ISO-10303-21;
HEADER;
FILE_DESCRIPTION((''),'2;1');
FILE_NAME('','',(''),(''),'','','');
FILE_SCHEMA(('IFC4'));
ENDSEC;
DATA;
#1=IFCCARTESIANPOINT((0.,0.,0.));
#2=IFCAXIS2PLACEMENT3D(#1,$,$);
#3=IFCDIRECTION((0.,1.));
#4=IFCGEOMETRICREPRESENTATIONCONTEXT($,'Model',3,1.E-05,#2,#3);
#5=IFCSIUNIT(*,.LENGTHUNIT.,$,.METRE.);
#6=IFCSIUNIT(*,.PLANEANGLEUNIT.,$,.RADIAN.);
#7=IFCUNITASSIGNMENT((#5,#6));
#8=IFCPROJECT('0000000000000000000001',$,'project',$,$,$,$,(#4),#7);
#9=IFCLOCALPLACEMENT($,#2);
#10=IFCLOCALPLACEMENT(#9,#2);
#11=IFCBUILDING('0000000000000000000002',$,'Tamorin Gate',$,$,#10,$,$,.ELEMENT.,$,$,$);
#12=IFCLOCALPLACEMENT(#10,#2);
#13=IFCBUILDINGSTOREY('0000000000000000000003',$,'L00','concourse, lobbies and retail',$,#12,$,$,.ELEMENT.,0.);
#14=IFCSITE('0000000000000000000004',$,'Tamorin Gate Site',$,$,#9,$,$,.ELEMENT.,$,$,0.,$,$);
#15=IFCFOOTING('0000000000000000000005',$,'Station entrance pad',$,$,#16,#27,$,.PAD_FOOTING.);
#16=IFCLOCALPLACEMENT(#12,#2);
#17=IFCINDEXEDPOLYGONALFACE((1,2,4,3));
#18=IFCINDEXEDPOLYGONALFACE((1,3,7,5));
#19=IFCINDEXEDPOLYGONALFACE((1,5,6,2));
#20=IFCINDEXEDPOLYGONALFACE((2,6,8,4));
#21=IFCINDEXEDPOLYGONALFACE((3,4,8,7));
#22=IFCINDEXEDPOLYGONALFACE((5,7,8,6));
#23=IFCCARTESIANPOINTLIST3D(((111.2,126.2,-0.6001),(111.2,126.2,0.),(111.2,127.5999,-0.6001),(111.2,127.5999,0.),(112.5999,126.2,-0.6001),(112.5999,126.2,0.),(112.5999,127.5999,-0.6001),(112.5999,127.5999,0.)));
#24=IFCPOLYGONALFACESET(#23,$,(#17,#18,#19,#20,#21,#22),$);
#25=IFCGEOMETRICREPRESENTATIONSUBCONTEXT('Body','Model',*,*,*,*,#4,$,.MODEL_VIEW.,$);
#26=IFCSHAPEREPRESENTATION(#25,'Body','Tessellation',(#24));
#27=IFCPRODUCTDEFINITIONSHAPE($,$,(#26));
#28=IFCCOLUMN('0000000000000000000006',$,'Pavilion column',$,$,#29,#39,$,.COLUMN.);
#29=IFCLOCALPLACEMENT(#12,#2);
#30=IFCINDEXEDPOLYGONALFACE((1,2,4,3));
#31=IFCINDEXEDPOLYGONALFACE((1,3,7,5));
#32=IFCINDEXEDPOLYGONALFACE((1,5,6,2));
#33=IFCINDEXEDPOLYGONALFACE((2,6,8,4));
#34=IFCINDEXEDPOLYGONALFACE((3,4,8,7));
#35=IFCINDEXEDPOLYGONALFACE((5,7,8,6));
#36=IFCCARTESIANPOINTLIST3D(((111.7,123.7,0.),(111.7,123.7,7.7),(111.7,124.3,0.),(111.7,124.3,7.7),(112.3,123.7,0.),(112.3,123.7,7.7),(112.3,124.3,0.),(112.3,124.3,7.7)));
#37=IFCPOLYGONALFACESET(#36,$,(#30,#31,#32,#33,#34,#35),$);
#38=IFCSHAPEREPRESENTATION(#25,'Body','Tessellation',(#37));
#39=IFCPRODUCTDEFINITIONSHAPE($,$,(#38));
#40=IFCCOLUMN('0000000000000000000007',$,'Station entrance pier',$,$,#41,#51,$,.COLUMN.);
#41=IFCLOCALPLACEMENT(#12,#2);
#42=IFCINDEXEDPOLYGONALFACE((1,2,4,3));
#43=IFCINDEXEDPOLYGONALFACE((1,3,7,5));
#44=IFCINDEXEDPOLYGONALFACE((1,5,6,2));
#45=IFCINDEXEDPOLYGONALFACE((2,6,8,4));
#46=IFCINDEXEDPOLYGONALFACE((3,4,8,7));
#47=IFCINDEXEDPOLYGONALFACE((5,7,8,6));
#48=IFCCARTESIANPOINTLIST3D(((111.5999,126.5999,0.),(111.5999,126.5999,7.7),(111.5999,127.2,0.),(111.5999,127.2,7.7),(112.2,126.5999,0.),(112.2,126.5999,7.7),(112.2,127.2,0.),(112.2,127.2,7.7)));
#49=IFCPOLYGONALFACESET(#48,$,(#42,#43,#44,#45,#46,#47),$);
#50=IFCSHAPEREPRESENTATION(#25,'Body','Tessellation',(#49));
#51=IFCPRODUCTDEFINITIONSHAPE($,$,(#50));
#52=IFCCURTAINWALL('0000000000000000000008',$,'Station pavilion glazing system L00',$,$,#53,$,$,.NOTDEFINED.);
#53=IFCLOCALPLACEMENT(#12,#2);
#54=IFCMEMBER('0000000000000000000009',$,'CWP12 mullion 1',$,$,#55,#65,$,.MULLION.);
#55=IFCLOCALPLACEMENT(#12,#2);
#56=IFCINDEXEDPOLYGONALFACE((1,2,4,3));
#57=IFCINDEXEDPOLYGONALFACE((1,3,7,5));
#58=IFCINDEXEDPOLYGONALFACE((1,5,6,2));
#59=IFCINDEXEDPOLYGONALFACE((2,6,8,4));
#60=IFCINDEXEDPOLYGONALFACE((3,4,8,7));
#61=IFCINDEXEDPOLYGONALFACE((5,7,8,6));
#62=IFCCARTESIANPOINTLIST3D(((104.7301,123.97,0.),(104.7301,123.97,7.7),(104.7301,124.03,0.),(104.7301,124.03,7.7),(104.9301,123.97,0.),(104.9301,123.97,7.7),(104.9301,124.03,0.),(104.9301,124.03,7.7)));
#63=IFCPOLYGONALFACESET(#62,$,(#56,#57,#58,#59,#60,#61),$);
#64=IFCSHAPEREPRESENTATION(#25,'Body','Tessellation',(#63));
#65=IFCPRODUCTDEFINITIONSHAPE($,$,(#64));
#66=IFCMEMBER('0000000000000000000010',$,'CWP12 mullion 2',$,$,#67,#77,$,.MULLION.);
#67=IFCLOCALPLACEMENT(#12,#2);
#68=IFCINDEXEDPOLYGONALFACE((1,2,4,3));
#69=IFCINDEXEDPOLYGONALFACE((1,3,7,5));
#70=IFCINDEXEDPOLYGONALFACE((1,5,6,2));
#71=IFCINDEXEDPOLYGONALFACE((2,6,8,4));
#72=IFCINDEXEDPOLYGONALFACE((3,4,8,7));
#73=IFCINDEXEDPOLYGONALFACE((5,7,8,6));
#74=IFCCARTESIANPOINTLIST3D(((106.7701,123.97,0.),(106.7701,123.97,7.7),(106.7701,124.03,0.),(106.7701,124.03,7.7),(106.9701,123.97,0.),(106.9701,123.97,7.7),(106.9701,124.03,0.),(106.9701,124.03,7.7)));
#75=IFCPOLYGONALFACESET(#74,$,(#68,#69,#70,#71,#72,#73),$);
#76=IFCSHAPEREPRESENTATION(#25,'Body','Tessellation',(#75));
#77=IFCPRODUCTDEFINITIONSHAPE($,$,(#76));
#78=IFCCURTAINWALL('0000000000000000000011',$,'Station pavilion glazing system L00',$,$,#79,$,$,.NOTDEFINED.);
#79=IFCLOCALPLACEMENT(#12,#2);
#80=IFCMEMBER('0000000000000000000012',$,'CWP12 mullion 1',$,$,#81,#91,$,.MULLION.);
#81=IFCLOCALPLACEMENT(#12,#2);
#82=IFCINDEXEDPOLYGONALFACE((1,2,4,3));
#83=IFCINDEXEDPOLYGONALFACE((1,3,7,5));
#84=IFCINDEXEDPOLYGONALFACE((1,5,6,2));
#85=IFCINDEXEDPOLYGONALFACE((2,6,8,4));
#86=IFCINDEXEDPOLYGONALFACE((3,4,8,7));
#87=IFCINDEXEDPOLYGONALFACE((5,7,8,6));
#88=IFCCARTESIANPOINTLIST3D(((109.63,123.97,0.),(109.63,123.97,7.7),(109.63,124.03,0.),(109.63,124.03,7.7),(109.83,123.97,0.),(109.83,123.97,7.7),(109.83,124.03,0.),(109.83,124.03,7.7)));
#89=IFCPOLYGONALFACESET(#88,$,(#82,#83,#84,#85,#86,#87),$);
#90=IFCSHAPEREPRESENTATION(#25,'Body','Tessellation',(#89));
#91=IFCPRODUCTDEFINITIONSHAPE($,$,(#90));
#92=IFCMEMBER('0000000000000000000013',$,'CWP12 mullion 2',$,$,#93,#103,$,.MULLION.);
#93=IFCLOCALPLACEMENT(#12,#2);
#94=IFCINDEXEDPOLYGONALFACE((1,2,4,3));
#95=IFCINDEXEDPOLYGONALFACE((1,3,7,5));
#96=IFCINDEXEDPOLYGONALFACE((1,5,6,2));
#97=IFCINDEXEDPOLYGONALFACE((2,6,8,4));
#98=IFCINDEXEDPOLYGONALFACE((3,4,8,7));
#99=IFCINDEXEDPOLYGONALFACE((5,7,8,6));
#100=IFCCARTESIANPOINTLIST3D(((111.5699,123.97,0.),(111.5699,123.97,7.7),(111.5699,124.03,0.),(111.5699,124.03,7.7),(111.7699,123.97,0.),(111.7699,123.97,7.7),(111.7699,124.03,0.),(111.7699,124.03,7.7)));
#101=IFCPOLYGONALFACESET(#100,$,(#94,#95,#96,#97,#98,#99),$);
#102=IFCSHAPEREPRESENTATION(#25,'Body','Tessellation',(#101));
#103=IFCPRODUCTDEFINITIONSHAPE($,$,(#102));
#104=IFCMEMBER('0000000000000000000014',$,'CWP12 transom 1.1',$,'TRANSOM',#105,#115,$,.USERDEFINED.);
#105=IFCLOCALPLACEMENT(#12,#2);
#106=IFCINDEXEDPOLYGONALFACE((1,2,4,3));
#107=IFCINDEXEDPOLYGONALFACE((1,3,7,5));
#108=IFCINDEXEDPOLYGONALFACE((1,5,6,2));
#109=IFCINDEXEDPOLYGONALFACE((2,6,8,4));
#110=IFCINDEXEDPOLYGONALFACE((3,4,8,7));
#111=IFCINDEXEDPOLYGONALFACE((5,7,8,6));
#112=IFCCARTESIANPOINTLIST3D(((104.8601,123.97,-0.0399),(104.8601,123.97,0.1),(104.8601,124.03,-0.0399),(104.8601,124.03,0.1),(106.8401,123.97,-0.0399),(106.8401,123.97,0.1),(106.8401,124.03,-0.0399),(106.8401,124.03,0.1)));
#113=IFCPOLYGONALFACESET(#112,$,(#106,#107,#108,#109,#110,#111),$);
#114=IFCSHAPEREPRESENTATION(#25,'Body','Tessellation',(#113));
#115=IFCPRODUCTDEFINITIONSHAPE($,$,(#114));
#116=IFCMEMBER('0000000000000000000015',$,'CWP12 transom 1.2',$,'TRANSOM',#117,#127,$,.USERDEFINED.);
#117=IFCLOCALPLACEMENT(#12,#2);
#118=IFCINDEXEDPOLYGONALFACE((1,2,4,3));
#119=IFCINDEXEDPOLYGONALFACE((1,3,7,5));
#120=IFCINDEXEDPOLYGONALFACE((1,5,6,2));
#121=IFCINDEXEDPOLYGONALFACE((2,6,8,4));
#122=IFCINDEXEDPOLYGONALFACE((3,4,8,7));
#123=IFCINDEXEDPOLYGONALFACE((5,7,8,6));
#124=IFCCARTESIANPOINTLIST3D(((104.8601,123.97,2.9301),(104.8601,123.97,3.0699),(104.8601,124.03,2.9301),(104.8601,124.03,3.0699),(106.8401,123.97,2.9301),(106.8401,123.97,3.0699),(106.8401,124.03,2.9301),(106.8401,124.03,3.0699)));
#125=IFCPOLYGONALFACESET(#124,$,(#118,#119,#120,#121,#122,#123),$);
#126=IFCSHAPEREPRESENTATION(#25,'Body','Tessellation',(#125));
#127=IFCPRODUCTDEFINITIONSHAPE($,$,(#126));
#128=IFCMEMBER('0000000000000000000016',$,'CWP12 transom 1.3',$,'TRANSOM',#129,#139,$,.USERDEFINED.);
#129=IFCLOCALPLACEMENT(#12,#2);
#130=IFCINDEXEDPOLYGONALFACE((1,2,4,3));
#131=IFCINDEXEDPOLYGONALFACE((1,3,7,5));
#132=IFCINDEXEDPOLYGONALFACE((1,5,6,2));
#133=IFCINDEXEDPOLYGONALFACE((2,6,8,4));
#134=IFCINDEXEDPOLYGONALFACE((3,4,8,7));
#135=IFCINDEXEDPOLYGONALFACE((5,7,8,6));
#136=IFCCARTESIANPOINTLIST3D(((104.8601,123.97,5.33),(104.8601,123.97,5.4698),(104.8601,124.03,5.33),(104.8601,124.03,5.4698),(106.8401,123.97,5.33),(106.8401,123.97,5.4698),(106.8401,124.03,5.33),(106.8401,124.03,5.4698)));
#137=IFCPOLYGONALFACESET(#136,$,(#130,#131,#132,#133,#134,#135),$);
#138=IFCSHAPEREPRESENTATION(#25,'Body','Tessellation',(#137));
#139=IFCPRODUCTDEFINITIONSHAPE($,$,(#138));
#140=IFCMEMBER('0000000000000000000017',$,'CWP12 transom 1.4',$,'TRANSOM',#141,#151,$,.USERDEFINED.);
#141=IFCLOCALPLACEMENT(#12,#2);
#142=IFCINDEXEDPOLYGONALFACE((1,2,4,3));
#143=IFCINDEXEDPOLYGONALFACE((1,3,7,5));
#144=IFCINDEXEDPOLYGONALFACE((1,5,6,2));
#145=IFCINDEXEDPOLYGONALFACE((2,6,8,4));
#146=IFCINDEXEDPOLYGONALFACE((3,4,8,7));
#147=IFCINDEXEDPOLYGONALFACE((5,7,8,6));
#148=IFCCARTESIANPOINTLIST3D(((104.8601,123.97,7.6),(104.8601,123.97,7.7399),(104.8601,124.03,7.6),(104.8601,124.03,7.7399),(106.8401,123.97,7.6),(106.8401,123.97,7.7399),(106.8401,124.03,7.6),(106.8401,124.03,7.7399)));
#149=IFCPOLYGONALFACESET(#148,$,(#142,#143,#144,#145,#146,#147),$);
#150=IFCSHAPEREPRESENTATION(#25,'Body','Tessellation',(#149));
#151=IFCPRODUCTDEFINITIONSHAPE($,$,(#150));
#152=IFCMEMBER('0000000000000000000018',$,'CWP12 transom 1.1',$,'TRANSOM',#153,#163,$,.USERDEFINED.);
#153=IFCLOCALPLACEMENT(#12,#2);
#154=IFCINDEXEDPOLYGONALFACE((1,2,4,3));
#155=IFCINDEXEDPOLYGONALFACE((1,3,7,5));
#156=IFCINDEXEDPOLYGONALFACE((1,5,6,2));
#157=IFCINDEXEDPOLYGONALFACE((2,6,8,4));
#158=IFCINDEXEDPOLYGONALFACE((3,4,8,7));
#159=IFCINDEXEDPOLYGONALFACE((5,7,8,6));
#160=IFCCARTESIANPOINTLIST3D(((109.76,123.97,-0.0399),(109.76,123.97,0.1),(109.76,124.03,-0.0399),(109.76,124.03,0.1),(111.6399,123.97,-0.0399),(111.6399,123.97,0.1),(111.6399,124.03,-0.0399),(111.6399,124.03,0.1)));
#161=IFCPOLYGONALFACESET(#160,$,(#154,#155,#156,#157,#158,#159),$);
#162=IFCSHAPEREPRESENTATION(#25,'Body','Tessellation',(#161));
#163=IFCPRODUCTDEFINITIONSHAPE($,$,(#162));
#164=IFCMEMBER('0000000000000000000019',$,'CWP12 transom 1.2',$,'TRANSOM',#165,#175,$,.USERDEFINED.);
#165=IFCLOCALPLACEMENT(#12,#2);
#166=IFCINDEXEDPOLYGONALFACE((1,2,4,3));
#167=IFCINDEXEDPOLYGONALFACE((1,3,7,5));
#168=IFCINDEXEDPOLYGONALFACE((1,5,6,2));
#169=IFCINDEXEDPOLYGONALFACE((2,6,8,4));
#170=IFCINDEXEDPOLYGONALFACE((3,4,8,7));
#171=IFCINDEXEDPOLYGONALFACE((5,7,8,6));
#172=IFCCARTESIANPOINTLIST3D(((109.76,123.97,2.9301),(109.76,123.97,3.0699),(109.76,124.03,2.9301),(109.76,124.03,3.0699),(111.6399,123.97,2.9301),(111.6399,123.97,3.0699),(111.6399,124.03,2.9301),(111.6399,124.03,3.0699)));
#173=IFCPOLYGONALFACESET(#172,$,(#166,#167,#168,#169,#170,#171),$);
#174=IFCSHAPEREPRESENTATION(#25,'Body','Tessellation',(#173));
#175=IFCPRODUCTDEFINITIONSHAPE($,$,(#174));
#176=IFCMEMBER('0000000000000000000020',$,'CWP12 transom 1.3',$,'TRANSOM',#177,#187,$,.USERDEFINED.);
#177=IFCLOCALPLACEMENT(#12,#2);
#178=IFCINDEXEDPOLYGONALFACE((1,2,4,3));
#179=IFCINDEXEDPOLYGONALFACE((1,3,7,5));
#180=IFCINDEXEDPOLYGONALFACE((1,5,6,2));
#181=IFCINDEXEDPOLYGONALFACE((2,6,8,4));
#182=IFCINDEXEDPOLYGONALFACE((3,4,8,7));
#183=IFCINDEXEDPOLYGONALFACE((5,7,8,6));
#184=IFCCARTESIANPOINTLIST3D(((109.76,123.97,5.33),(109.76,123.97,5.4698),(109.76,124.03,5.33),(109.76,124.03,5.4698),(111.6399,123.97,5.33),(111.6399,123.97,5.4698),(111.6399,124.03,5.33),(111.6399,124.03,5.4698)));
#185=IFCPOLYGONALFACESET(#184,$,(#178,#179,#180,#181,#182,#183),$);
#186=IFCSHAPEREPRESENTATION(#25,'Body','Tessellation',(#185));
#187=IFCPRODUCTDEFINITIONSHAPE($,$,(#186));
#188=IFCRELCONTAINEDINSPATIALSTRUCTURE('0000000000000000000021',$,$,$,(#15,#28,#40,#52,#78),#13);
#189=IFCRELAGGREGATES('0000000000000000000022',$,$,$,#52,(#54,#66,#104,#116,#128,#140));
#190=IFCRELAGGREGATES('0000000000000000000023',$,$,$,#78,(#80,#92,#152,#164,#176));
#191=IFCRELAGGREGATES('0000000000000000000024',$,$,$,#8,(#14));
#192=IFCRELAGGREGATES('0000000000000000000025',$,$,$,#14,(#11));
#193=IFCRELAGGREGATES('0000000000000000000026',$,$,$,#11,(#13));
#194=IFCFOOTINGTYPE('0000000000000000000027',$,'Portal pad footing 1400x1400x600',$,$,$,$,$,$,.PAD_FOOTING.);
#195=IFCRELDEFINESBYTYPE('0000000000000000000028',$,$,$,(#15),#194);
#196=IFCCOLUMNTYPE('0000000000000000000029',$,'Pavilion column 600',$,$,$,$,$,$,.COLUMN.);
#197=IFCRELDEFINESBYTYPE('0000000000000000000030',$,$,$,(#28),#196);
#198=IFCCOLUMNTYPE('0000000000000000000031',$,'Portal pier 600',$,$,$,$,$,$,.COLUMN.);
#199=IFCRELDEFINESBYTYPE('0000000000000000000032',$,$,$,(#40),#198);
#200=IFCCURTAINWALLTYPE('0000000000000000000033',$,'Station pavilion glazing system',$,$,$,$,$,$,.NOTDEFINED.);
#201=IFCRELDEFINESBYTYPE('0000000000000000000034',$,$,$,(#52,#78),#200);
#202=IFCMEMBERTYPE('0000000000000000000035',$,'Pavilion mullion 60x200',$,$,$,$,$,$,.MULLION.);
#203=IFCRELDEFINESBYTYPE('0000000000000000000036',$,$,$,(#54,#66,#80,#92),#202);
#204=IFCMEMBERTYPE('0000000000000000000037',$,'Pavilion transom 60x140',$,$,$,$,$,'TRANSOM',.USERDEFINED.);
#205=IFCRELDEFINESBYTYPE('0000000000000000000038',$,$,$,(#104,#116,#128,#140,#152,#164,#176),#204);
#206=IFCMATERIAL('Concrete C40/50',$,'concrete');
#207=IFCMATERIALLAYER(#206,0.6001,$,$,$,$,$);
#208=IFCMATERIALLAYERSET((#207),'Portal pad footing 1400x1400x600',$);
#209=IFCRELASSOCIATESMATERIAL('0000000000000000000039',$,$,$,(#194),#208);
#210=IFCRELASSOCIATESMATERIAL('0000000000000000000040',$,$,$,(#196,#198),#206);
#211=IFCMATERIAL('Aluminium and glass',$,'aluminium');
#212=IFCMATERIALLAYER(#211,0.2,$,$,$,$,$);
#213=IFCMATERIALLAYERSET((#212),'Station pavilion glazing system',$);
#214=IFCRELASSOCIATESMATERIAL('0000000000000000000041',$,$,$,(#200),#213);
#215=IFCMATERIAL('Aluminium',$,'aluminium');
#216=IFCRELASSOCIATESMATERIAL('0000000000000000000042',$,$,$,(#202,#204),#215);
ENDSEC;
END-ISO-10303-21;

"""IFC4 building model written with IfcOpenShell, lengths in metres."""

from ifc_helpers import new_model, si_unit, direction, frame, origin, origin_2d, place, context, subcontext, project, spatial, rectangle, extrude, material, layer, layer_set, material_profile, profile_set, type_object, element, aggregate, save


model = new_model("IFC4")

# Units and contexts
model_context = context("Model", 3, precision=1e-05, world=origin(), true_north=direction((0.0, 1.0)))
body_context = subcontext(model_context, "Body", "Model", "MODEL_VIEW")
ifc_project = project(units=[si_unit("LENGTHUNIT", "METRE"), si_unit("PLANEANGLEUNIT", "RADIAN")], contexts=[model_context])

# Site, building, storey
site_placement = place(None, origin())
site = spatial("IfcSite", under=ifc_project, at=site_placement, Name="Tamorin Gate Site", CompositionType="ELEMENT", RefElevation=0.0)
building_placement = place(site_placement, origin())
building = spatial("IfcBuilding", under=site, at=building_placement, Name="Tamorin Gate", CompositionType="ELEMENT")
storey_placement = place(building_placement, origin())
storey = spatial("IfcBuildingStorey", under=building, at=storey_placement, Name="L00", Description="concourse, lobbies and retail", CompositionType="ELEMENT", Elevation=0.0)

# Footing
ifc_material_1 = material(Name="Concrete C40/50", Category="concrete")
ifc_layer_1 = layer(ifc_material_1, 0.6001)
ifc_layer_set_1 = layer_set([ifc_layer_1], Name="Portal pad footing 1400x1400x600")
footing_type = type_object("IfcFootingType", Name="Portal pad footing 1400x1400x600", PredefinedType="PAD_FOOTING", material=ifc_layer_set_1)
footing_placement = place(storey_placement, frame((111.8999, 126.8999, -0.6001), z_axis=(0.0, 0.0, 1.0), x_axis=(1.0, 0.0, 0.0)))
element("IfcFooting", 1, at=footing_placement, inside=storey, type_object=footing_type, Name="Station entrance pad", PredefinedType="PAD_FOOTING", context=body_context, shape_type="SweptSolid", body=[
    extrude(rectangle(XDim=1.3999, YDim=1.3999, at=origin_2d()), origin(), (0.0, 0.0, 1.0), 0.6001),
])

# Columns
ifc_material_profile_1 = material_profile(ifc_material_1, rectangle(XDim=0.6001, YDim=0.6001, at=origin_2d()))
ifc_profile_set_1 = profile_set([ifc_material_profile_1], Name="Concrete C40/50")
column_type_1 = type_object("IfcColumnType", Name="Pavilion column 600", PredefinedType="COLUMN", material=ifc_profile_set_1)
column_1_placement = place(storey_placement, frame((112.0, 124.0, 0.0), z_axis=(0.0, 0.0, 1.0), x_axis=(1.0, 0.0, 0.0)))
element("IfcColumn", 2, at=column_1_placement, inside=storey, type_object=column_type_1, Name="Pavilion column", PredefinedType="COLUMN", context=body_context, shape_type="SweptSolid", body=[
    extrude(rectangle(XDim=0.6001, YDim=0.6001, at=origin_2d()), origin(), (0.0, 0.0, 1.0), 7.7),
])
ifc_material_profile_2 = material_profile(ifc_material_1, rectangle(XDim=0.6001, YDim=0.6001, at=origin_2d()), Name="RC 600x600")
ifc_profile_set_2 = profile_set([ifc_material_profile_2], Name="Concrete C40/50")
column_type_2 = type_object("IfcColumnType", Name="Portal pier 600", PredefinedType="COLUMN", material=ifc_profile_set_2)
column_2_placement = place(storey_placement, frame((111.8999, 126.8999, 0.0), z_axis=(0.0, 0.0, 1.0), x_axis=(1.0, 0.0, 0.0)))
element("IfcColumn", 3, at=column_2_placement, inside=storey, type_object=column_type_2, Name="Station entrance pier", PredefinedType="COLUMN", context=body_context, shape_type="SweptSolid", body=[
    extrude(rectangle(XDim=0.6001, YDim=0.6001, at=origin_2d()), origin(), (0.0, 0.0, 1.0), 7.7),
])

# Curtain walls, members
ifc_material_2 = material(Name="Aluminium and glass", Category="aluminium")
ifc_layer_2 = layer(ifc_material_2, 0.2)
ifc_layer_set_2 = layer_set([ifc_layer_2], Name="Station pavilion glazing system")
curtain_wall_type = type_object("IfcCurtainWallType", Name="Station pavilion glazing system", PredefinedType="NOTDEFINED", material=ifc_layer_set_2)
curtain_wall_1_placement = place(storey_placement, origin())
curtain_wall_1 = element("IfcCurtainWall", 4, at=curtain_wall_1_placement, inside=storey, type_object=curtain_wall_type, Name="Station pavilion glazing system L00", PredefinedType="NOTDEFINED")
ifc_material_3 = material(Name="Aluminium", Category="aluminium")
ifc_material_profile_3 = material_profile(ifc_material_3, rectangle(XDim=0.0601, YDim=0.2, at=origin_2d()), Name="RECT 60x200")
ifc_profile_set_3 = profile_set([ifc_material_profile_3], Name="Aluminium")
member_type_1 = type_object("IfcMemberType", Name="Pavilion mullion 60x200", PredefinedType="MULLION", material=ifc_profile_set_3)
member_1_placement = place(storey_placement, frame((104.8301, 124.0, 0.0), z_axis=(0.0, 0.0, 1.0), x_axis=(0.0, 1.0, 0.0)))
member_1 = element("IfcMember", 5, at=member_1_placement, type_object=member_type_1, Name="CWP12 mullion 1", PredefinedType="MULLION", context=body_context, shape_type="SweptSolid", body=[
    extrude(rectangle(XDim=0.0601, YDim=0.2, at=origin_2d()), origin(), (0.0, 0.0, 1.0), 7.7),
])
member_2_placement = place(storey_placement, frame((106.8701, 124.0, 0.0), z_axis=(0.0, 0.0, 1.0), x_axis=(0.0, 1.0, 0.0)))
member_2 = element("IfcMember", 6, at=member_2_placement, type_object=member_type_1, Name="CWP12 mullion 2", PredefinedType="MULLION", context=body_context, shape_type="SweptSolid", body=[
    extrude(rectangle(XDim=0.0601, YDim=0.2, at=origin_2d()), origin(), (0.0, 0.0, 1.0), 7.7),
])
curtain_wall_2_placement = place(storey_placement, origin())
curtain_wall_2 = element("IfcCurtainWall", 7, at=curtain_wall_2_placement, inside=storey, type_object=curtain_wall_type, Name="Station pavilion glazing system L00", PredefinedType="NOTDEFINED")
member_3_placement = place(storey_placement, frame((109.73, 124.0, 0.0), z_axis=(0.0, 0.0, 1.0), x_axis=(0.0, 1.0, 0.0)))
member_3 = element("IfcMember", 8, at=member_3_placement, type_object=member_type_1, Name="CWP12 mullion 1", PredefinedType="MULLION", context=body_context, shape_type="SweptSolid", body=[
    extrude(rectangle(XDim=0.0601, YDim=0.2, at=origin_2d()), origin(), (0.0, 0.0, 1.0), 7.7),
])
member_4_placement = place(storey_placement, frame((111.6699, 124.0, 0.0), z_axis=(0.0, 0.0, 1.0), x_axis=(0.0, 1.0, 0.0)))
member_4 = element("IfcMember", 9, at=member_4_placement, type_object=member_type_1, Name="CWP12 mullion 2", PredefinedType="MULLION", context=body_context, shape_type="SweptSolid", body=[
    extrude(rectangle(XDim=0.0601, YDim=0.2, at=origin_2d()), origin(), (0.0, 0.0, 1.0), 7.7),
])

# Members
ifc_material_profile_4 = material_profile(ifc_material_3, rectangle(XDim=0.0601, YDim=0.1399, at=origin_2d()), Name="RECT 60x140")
ifc_profile_set_4 = profile_set([ifc_material_profile_4], Name="Aluminium")
member_type_2 = type_object("IfcMemberType", Name="Pavilion transom 60x140", ElementType="TRANSOM", PredefinedType="USERDEFINED", material=ifc_profile_set_4)
member_5_placement = place(storey_placement, frame((104.8601, 124.0, 0.03), z_axis=(1.0, 0.0, 0.0), x_axis=(0.0, 1.0, 0.0)))
member_5 = element("IfcMember", 10, at=member_5_placement, type_object=member_type_2, Name="CWP12 transom 1.1", ObjectType="TRANSOM", PredefinedType="USERDEFINED", context=body_context, shape_type="SweptSolid", body=[
    extrude(rectangle(XDim=0.0601, YDim=0.1399, at=origin_2d()), origin(), (0.0, 0.0, 1.0), 1.98),
])
member_6_placement = place(storey_placement, frame((104.8601, 124.0, 3.0), z_axis=(1.0, 0.0, 0.0), x_axis=(0.0, 1.0, 0.0)))
member_6 = element("IfcMember", 11, at=member_6_placement, type_object=member_type_2, Name="CWP12 transom 1.2", ObjectType="TRANSOM", PredefinedType="USERDEFINED", context=body_context, shape_type="SweptSolid", body=[
    extrude(rectangle(XDim=0.0601, YDim=0.1399, at=origin_2d()), origin(), (0.0, 0.0, 1.0), 1.98),
])
member_7_placement = place(storey_placement, frame((104.8601, 124.0, 5.3999), z_axis=(1.0, 0.0, 0.0), x_axis=(0.0, 1.0, 0.0)))
member_7 = element("IfcMember", 12, at=member_7_placement, type_object=member_type_2, Name="CWP12 transom 1.3", ObjectType="TRANSOM", PredefinedType="USERDEFINED", context=body_context, shape_type="SweptSolid", body=[
    extrude(rectangle(XDim=0.0601, YDim=0.1399, at=origin_2d()), origin(), (0.0, 0.0, 1.0), 1.98),
])
member_8_placement = place(storey_placement, frame((104.8601, 124.0, 7.6699), z_axis=(1.0, 0.0, 0.0), x_axis=(0.0, 1.0, 0.0)))
member_8 = element("IfcMember", 13, at=member_8_placement, type_object=member_type_2, Name="CWP12 transom 1.4", ObjectType="TRANSOM", PredefinedType="USERDEFINED", context=body_context, shape_type="SweptSolid", body=[
    extrude(rectangle(XDim=0.0601, YDim=0.1399, at=origin_2d()), origin(), (0.0, 0.0, 1.0), 1.98),
])
member_9_placement = place(storey_placement, frame((109.76, 124.0, 0.03), z_axis=(1.0, 0.0, 0.0), x_axis=(0.0, 1.0, 0.0)))
member_9 = element("IfcMember", 14, at=member_9_placement, type_object=member_type_2, Name="CWP12 transom 1.1", ObjectType="TRANSOM", PredefinedType="USERDEFINED", context=body_context, shape_type="SweptSolid", body=[
    extrude(rectangle(XDim=0.0601, YDim=0.1399, at=origin_2d()), origin(), (0.0, 0.0, 1.0), 1.8799),
])
member_10_placement = place(storey_placement, frame((109.76, 124.0, 3.0), z_axis=(1.0, 0.0, 0.0), x_axis=(0.0, 1.0, 0.0)))
member_10 = element("IfcMember", 15, at=member_10_placement, type_object=member_type_2, Name="CWP12 transom 1.2", ObjectType="TRANSOM", PredefinedType="USERDEFINED", context=body_context, shape_type="SweptSolid", body=[
    extrude(rectangle(XDim=0.0601, YDim=0.1399, at=origin_2d()), origin(), (0.0, 0.0, 1.0), 1.8799),
])
member_11_placement = place(storey_placement, frame((109.76, 124.0, 5.3999), z_axis=(1.0, 0.0, 0.0), x_axis=(0.0, 1.0, 0.0)))
member_11 = element("IfcMember", 16, at=member_11_placement, type_object=member_type_2, Name="CWP12 transom 1.3", ObjectType="TRANSOM", PredefinedType="USERDEFINED", context=body_context, shape_type="SweptSolid", body=[
    extrude(rectangle(XDim=0.0601, YDim=0.1399, at=origin_2d()), origin(), (0.0, 0.0, 1.0), 1.8799),
])

aggregate(curtain_wall_1, [member_1, member_2, member_5, member_6, member_7, member_8])
aggregate(curtain_wall_2, [member_3, member_4, member_9, member_10, member_11])

save(model, "model.ifc")
